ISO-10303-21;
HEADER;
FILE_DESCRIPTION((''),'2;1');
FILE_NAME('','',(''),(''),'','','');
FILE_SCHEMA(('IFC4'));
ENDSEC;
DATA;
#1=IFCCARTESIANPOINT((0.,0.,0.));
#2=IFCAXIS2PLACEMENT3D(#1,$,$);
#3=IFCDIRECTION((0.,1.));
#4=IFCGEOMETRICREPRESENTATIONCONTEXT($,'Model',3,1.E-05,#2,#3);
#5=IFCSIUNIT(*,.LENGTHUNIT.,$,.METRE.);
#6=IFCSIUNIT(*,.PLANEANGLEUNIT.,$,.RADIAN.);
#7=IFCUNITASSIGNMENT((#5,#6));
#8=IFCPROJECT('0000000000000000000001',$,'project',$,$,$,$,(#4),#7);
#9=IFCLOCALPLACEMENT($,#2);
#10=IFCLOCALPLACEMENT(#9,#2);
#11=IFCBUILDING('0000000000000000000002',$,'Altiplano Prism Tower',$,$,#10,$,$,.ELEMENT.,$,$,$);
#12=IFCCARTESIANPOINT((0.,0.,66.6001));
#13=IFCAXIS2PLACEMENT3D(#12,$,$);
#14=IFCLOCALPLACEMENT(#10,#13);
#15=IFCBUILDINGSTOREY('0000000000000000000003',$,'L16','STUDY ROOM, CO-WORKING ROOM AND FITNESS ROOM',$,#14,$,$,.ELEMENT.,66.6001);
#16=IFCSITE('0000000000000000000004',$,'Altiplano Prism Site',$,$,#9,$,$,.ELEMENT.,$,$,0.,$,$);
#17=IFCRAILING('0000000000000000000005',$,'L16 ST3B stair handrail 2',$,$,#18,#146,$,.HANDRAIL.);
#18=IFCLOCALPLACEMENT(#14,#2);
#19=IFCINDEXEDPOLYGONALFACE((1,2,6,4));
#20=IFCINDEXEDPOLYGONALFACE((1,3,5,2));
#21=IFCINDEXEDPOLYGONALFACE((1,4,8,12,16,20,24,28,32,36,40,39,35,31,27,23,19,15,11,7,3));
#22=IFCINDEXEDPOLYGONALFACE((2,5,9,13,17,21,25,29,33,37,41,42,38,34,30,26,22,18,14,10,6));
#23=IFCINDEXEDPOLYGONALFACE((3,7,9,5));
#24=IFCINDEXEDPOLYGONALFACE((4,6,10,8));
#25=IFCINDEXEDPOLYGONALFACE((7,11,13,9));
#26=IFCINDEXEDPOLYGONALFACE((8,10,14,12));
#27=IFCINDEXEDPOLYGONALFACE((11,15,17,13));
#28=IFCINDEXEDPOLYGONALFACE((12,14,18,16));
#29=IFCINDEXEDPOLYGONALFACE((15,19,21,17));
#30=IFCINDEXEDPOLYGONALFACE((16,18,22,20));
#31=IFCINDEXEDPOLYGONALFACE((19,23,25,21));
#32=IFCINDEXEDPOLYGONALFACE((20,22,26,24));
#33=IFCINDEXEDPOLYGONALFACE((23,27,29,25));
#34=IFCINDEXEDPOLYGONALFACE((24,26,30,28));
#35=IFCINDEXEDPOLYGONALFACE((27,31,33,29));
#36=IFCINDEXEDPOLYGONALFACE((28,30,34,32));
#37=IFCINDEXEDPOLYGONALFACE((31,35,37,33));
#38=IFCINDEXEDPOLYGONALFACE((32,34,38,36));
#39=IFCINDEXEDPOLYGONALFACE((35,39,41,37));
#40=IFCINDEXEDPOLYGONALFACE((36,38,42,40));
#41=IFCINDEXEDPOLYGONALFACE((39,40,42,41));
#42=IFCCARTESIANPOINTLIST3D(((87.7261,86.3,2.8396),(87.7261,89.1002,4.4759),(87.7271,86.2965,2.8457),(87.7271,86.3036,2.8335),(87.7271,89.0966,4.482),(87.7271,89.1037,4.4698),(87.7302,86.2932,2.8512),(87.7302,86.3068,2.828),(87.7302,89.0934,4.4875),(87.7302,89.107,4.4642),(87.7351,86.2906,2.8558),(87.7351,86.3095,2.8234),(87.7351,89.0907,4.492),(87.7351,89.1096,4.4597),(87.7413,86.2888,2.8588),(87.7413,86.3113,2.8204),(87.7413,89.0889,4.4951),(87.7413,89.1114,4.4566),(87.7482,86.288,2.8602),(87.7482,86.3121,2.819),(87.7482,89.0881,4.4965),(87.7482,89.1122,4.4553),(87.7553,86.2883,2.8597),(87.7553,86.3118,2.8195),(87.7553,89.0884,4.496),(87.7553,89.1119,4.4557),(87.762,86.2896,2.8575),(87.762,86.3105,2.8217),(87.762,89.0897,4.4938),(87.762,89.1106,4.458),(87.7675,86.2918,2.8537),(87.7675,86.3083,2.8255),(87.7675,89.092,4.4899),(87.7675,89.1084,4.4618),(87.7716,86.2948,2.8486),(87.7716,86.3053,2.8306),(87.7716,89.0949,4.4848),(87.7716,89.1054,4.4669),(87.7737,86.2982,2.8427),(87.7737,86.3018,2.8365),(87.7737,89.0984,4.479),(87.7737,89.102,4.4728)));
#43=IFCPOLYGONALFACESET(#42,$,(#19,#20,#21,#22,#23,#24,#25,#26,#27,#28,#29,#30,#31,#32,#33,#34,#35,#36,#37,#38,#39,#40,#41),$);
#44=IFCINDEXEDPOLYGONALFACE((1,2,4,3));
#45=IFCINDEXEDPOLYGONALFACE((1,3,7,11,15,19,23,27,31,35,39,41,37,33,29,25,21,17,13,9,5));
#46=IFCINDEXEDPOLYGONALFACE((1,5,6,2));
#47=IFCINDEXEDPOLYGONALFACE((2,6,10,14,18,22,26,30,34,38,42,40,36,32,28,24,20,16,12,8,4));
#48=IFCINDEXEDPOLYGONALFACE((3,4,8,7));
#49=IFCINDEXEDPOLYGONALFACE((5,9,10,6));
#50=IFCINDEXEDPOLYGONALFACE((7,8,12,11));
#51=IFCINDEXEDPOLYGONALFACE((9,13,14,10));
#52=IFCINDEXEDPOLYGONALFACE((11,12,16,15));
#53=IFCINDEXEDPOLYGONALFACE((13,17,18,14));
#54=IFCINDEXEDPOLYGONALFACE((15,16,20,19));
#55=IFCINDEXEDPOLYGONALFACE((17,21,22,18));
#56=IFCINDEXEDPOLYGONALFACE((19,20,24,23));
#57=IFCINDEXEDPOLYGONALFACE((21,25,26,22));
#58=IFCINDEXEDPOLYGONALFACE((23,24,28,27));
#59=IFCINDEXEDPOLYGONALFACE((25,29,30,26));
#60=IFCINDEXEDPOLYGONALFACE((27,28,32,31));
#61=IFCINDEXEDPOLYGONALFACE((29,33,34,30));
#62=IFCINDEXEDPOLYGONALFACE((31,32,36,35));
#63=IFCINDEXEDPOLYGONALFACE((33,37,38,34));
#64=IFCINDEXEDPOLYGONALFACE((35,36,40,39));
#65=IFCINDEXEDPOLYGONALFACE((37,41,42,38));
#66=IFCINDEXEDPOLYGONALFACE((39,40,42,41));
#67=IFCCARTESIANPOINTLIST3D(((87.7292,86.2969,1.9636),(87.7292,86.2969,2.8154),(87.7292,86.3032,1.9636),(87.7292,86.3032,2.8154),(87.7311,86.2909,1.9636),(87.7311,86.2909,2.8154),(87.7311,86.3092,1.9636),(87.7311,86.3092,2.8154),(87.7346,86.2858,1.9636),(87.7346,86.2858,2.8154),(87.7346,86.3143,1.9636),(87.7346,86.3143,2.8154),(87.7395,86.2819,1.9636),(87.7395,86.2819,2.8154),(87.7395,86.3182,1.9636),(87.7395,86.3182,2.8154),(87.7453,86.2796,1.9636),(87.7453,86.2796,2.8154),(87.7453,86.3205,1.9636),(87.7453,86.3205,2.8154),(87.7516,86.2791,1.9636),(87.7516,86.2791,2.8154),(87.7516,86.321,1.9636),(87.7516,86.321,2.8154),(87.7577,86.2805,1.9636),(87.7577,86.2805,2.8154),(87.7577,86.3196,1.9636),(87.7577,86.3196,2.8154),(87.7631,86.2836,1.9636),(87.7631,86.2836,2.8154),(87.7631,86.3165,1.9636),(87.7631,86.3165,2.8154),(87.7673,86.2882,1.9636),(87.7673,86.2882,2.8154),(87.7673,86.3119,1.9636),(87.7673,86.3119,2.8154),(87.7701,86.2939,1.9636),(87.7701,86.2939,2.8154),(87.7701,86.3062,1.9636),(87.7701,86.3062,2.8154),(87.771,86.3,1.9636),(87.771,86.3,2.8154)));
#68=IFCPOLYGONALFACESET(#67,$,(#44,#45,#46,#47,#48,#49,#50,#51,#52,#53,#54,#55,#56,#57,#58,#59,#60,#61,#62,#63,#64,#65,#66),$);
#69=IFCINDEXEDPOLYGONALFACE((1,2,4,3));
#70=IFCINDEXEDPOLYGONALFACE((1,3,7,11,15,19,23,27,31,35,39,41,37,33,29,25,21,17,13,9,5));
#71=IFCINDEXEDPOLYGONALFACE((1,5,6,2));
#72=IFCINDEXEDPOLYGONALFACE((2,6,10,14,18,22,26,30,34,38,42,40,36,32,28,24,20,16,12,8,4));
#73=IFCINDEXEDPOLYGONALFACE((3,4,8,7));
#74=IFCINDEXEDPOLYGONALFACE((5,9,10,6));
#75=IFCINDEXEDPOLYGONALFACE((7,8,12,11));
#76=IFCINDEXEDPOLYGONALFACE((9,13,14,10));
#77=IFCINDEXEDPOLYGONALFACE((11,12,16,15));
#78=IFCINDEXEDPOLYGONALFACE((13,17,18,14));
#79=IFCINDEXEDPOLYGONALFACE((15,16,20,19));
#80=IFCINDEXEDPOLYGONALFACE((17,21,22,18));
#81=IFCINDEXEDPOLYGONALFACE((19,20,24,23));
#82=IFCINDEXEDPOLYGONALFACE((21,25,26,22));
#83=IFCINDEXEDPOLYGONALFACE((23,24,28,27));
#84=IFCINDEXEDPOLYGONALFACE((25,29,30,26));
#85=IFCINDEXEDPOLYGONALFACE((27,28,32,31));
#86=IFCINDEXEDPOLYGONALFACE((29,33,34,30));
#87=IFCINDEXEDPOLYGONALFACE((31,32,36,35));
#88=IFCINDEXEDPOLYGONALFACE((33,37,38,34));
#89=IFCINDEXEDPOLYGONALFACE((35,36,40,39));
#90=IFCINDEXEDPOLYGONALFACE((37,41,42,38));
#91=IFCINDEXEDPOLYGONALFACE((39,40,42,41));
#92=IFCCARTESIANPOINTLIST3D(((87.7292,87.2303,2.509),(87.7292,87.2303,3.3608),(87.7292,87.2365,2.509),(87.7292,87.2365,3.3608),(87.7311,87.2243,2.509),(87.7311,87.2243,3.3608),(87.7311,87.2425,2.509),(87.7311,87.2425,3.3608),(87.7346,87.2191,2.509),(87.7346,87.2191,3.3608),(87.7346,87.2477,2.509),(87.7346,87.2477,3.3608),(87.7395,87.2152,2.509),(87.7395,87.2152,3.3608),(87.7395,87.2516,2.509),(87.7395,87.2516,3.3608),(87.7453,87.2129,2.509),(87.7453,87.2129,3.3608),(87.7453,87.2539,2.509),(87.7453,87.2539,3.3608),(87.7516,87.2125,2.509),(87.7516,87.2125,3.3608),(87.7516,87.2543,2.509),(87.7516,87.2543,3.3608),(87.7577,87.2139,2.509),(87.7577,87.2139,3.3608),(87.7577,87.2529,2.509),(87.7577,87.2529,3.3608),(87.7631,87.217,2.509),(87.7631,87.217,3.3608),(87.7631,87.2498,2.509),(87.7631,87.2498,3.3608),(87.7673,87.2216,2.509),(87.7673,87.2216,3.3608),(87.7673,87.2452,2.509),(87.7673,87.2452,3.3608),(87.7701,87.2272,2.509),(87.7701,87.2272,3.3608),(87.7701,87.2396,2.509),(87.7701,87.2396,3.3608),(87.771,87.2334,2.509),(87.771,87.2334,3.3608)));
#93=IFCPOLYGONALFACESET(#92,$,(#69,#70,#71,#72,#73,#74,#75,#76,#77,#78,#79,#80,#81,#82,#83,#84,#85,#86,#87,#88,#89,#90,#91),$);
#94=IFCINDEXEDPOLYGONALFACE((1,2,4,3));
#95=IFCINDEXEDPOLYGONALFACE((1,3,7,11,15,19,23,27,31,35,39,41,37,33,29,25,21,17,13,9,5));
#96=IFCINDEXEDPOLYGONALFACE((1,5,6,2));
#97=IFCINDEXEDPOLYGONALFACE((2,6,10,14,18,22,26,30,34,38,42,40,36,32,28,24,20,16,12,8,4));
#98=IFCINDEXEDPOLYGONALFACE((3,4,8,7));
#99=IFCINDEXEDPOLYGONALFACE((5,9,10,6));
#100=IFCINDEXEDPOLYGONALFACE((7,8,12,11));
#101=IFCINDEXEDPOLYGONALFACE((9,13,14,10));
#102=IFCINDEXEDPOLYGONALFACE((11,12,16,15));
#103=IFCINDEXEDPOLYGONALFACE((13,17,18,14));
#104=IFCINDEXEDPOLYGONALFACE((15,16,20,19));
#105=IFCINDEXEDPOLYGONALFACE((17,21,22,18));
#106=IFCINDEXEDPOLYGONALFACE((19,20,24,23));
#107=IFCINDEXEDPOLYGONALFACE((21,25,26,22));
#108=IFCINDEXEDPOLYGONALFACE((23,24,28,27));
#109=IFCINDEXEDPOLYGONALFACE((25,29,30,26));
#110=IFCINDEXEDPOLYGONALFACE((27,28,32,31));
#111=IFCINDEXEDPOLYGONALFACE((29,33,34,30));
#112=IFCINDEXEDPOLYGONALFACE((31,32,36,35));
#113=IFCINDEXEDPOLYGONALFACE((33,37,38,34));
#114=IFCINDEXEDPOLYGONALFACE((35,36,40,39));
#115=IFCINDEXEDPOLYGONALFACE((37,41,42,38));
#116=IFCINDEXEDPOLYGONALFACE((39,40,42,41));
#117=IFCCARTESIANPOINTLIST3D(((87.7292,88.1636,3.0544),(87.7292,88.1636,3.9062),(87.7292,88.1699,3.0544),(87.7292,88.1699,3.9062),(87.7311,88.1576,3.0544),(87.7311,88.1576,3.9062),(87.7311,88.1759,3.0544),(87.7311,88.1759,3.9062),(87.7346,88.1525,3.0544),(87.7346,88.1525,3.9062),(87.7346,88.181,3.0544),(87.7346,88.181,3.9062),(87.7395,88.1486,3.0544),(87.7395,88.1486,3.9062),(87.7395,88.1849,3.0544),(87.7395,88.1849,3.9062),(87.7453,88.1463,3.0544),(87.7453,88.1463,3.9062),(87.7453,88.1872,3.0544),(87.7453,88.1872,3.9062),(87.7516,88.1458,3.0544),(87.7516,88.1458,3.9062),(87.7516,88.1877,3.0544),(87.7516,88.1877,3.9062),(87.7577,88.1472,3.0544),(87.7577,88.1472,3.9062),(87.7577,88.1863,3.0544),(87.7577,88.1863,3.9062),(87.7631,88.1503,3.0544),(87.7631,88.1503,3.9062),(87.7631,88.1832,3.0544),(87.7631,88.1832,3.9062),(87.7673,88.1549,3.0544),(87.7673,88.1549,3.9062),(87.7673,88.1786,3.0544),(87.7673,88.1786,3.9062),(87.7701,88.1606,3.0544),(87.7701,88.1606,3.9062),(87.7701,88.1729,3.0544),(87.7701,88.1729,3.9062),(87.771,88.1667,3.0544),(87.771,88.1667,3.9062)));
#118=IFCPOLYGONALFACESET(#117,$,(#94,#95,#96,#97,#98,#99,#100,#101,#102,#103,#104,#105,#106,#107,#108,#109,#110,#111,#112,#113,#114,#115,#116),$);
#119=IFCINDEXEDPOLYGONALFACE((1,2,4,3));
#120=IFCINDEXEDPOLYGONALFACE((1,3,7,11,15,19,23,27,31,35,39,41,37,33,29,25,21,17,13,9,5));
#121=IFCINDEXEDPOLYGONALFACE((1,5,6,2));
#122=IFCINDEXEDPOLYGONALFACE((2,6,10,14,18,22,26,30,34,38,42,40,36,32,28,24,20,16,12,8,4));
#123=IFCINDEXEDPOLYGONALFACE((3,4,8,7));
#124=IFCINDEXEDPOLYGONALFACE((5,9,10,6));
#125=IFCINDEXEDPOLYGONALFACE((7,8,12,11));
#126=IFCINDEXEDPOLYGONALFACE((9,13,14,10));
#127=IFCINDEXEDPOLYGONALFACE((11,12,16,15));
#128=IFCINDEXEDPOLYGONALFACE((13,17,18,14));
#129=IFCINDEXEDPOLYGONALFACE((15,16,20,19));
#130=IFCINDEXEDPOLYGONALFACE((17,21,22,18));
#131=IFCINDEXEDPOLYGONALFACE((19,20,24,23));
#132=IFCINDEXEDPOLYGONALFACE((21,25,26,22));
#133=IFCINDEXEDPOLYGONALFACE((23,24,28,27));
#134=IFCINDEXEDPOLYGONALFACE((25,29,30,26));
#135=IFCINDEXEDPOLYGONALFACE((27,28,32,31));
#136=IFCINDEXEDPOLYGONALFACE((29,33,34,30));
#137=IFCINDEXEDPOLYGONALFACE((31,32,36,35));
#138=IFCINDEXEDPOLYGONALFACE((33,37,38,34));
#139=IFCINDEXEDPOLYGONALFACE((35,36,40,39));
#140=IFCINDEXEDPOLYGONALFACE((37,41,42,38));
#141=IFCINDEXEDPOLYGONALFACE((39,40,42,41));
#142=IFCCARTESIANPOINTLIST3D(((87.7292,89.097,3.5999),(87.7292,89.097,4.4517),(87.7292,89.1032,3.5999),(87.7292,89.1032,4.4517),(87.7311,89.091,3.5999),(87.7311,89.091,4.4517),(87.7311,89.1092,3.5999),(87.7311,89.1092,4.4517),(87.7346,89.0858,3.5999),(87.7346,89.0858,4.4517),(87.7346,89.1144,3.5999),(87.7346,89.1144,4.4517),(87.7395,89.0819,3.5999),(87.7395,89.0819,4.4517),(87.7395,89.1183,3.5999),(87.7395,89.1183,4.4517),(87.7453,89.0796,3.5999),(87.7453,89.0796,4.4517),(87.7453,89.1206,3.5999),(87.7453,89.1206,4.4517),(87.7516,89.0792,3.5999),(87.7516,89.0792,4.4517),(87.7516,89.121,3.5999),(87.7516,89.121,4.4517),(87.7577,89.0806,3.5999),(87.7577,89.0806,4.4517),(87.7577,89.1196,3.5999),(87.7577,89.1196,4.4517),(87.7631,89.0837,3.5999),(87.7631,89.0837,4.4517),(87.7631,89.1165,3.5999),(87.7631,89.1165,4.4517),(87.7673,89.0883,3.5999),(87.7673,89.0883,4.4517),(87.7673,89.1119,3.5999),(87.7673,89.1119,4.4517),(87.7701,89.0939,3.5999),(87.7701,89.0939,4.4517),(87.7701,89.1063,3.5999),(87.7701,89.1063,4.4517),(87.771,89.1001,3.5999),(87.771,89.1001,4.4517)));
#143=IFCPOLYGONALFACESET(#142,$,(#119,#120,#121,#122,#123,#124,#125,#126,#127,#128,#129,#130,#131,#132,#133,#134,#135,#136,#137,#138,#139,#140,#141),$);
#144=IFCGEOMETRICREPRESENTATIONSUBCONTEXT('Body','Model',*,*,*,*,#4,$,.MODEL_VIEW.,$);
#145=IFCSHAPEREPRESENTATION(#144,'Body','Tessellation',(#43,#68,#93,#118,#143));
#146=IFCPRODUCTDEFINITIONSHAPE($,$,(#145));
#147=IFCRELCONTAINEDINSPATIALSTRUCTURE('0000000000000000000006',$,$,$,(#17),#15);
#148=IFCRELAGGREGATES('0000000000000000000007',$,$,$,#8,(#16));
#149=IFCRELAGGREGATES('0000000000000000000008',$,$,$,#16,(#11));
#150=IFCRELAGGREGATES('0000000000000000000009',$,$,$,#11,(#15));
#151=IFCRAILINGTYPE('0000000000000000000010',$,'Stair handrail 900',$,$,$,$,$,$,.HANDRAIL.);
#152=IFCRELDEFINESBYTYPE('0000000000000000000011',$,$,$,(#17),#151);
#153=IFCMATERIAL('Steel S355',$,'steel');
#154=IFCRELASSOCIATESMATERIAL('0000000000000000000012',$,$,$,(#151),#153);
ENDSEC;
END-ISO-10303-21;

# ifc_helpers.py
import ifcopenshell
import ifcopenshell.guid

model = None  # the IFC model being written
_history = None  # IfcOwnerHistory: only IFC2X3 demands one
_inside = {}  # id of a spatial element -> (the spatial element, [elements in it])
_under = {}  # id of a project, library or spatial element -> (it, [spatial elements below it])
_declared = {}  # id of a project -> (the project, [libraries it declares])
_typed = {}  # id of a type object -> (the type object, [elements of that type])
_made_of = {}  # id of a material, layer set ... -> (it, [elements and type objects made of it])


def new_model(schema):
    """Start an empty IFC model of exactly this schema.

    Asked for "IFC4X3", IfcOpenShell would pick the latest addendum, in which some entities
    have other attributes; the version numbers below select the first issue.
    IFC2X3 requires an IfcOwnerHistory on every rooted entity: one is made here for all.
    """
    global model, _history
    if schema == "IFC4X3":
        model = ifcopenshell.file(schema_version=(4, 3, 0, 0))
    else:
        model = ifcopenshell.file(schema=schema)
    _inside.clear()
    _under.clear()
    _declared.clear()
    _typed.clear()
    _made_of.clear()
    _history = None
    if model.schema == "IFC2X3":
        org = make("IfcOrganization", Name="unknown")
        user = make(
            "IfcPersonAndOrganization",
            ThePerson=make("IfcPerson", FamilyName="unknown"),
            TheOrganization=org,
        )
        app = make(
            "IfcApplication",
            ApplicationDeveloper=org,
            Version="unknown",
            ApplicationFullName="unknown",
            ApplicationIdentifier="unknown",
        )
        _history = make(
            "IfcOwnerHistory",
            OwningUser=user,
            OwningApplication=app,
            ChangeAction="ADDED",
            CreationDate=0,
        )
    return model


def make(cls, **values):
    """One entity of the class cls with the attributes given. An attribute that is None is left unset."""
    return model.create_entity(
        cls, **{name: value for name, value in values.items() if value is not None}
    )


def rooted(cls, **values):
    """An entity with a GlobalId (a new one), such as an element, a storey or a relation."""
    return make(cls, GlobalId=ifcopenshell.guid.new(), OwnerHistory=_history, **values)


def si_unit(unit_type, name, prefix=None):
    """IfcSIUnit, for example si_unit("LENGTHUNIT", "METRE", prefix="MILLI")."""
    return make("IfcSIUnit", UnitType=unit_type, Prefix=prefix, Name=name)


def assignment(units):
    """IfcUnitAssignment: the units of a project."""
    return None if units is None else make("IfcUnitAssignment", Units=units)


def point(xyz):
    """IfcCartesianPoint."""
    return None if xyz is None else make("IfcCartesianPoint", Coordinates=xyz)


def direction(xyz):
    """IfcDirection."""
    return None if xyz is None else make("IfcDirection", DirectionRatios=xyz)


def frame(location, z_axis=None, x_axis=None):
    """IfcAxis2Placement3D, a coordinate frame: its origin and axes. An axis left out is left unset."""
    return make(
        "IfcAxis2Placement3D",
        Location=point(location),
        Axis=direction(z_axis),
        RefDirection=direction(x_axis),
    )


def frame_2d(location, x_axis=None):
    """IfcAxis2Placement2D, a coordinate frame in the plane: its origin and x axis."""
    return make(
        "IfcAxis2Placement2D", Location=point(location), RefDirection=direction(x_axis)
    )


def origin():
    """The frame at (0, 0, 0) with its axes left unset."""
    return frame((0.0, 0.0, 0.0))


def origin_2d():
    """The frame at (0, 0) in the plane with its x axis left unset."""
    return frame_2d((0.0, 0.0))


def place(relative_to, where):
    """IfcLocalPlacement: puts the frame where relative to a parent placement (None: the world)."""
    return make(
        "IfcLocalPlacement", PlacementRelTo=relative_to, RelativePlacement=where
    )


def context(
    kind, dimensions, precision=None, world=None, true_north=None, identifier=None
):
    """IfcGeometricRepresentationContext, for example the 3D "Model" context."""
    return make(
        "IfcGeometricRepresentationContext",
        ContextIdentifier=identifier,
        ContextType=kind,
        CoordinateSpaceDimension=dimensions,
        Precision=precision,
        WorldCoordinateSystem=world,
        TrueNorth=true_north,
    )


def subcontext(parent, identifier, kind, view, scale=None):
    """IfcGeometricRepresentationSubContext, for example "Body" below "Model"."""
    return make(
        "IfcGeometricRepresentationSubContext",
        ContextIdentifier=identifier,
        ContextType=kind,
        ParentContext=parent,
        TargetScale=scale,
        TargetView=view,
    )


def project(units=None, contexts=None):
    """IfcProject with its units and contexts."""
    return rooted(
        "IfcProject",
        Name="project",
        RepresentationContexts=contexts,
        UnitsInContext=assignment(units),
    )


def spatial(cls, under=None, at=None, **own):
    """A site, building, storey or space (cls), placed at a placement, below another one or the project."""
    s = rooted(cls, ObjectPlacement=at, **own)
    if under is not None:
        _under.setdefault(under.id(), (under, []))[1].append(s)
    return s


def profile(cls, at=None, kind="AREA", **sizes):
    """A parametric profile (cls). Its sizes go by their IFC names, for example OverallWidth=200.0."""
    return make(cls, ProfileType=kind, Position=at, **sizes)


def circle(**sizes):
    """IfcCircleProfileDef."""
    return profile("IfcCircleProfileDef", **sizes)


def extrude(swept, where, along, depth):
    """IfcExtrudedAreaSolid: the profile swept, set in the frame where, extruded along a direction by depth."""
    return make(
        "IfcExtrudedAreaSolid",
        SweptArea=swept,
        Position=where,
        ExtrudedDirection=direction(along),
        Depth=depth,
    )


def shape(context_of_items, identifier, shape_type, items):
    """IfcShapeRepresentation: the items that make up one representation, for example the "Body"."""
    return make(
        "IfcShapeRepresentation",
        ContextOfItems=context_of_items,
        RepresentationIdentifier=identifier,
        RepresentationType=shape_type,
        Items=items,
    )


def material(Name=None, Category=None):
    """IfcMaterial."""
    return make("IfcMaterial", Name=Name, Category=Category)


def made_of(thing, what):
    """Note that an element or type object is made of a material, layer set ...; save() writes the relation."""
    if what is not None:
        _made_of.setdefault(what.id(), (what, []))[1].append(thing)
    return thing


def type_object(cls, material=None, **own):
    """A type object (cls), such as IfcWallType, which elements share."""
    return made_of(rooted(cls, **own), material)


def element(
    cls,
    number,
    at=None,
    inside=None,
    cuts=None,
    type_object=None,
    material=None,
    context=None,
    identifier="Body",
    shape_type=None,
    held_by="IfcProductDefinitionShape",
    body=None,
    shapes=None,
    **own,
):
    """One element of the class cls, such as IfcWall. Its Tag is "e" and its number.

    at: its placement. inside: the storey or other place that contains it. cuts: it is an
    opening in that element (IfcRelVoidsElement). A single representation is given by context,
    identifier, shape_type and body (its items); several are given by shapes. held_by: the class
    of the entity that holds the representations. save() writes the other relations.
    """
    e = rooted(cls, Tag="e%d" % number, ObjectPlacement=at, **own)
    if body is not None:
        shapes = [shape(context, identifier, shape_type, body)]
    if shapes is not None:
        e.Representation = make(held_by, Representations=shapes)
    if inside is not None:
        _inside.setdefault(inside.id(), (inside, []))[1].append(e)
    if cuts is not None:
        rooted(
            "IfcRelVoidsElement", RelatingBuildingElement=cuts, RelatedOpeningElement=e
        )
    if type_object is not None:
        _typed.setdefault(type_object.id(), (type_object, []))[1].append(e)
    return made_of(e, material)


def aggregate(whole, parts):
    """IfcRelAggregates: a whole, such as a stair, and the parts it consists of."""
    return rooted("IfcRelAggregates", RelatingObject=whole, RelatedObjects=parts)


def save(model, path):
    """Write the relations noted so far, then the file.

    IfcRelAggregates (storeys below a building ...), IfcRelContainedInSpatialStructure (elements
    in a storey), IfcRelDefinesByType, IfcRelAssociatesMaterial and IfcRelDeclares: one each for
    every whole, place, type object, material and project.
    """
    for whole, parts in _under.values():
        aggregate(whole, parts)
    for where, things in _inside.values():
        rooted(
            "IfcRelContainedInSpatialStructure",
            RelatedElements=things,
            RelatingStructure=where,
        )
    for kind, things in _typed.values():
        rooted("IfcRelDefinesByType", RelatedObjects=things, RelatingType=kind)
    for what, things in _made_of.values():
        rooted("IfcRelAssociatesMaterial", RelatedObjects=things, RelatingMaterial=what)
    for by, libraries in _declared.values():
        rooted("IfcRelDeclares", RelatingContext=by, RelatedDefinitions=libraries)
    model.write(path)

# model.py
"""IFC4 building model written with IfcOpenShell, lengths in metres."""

from ifc_helpers import new_model, si_unit, direction, frame, origin, origin_2d, place, context, subcontext, project, spatial, circle, extrude, material, type_object, element, save


model = new_model("IFC4")

# Units and contexts
model_context = context("Model", 3, precision=1e-05, world=origin(), true_north=direction((0.0, 1.0)))
body_context = subcontext(model_context, "Body", "Model", "MODEL_VIEW")
ifc_project = project(units=[si_unit("LENGTHUNIT", "METRE"), si_unit("PLANEANGLEUNIT", "RADIAN")], contexts=[model_context])

# Site, building, storey
site_placement = place(None, origin())
site = spatial("IfcSite", under=ifc_project, at=site_placement, Name="Altiplano Prism Site", CompositionType="ELEMENT", RefElevation=0.0)
building_placement = place(site_placement, origin())
building = spatial("IfcBuilding", under=site, at=building_placement, Name="Altiplano Prism Tower", CompositionType="ELEMENT")
storey_placement = place(building_placement, frame((0.0, 0.0, 66.6001)))
storey = spatial("IfcBuildingStorey", under=building, at=storey_placement, Name="L16", Description="STUDY ROOM, CO-WORKING ROOM AND FITNESS ROOM", CompositionType="ELEMENT", Elevation=66.6001)

# Shared definitions
ifc_material_1 = material(Name="Steel S355", Category="steel")

# Railing
railing_type = type_object("IfcRailingType", Name="Stair handrail 900", PredefinedType="HANDRAIL", material=ifc_material_1)
railing_1_placement = place(storey_placement, frame((87.75, 86.3, 1.9636)))
element("IfcRailing", 1, at=railing_1_placement, inside=storey, type_object=railing_type, Name="L16 ST3B stair handrail 2", PredefinedType="HANDRAIL", context=body_context, shape_type="SweptSolid", body=[
    extrude(circle(Radius=0.0239, at=origin_2d()), frame((0.0, 0.0, 0.876), z_axis=(0.0, 0.863394, 0.504531), x_axis=(-1.0, 0.0, 0.0)), (0.0, 0.0, 1.0), 3.2432),
    extrude(circle(Radius=0.021, at=origin_2d()), origin(), (0.0, 0.0, 1.0), 0.8518),
    extrude(circle(Radius=0.021, at=origin_2d()), frame((0.0, 0.9333, 0.5454)), (0.0, 0.0, 1.0), 0.8518),
    extrude(circle(Radius=0.021, at=origin_2d()), frame((0.0, 1.8667, 1.0908)), (0.0, 0.0, 1.0), 0.8518),
    extrude(circle(Radius=0.021, at=origin_2d()), frame((0.0, 2.8, 1.6362)), (0.0, 0.0, 1.0), 0.8518),
])

save(model, "model.ifc")
